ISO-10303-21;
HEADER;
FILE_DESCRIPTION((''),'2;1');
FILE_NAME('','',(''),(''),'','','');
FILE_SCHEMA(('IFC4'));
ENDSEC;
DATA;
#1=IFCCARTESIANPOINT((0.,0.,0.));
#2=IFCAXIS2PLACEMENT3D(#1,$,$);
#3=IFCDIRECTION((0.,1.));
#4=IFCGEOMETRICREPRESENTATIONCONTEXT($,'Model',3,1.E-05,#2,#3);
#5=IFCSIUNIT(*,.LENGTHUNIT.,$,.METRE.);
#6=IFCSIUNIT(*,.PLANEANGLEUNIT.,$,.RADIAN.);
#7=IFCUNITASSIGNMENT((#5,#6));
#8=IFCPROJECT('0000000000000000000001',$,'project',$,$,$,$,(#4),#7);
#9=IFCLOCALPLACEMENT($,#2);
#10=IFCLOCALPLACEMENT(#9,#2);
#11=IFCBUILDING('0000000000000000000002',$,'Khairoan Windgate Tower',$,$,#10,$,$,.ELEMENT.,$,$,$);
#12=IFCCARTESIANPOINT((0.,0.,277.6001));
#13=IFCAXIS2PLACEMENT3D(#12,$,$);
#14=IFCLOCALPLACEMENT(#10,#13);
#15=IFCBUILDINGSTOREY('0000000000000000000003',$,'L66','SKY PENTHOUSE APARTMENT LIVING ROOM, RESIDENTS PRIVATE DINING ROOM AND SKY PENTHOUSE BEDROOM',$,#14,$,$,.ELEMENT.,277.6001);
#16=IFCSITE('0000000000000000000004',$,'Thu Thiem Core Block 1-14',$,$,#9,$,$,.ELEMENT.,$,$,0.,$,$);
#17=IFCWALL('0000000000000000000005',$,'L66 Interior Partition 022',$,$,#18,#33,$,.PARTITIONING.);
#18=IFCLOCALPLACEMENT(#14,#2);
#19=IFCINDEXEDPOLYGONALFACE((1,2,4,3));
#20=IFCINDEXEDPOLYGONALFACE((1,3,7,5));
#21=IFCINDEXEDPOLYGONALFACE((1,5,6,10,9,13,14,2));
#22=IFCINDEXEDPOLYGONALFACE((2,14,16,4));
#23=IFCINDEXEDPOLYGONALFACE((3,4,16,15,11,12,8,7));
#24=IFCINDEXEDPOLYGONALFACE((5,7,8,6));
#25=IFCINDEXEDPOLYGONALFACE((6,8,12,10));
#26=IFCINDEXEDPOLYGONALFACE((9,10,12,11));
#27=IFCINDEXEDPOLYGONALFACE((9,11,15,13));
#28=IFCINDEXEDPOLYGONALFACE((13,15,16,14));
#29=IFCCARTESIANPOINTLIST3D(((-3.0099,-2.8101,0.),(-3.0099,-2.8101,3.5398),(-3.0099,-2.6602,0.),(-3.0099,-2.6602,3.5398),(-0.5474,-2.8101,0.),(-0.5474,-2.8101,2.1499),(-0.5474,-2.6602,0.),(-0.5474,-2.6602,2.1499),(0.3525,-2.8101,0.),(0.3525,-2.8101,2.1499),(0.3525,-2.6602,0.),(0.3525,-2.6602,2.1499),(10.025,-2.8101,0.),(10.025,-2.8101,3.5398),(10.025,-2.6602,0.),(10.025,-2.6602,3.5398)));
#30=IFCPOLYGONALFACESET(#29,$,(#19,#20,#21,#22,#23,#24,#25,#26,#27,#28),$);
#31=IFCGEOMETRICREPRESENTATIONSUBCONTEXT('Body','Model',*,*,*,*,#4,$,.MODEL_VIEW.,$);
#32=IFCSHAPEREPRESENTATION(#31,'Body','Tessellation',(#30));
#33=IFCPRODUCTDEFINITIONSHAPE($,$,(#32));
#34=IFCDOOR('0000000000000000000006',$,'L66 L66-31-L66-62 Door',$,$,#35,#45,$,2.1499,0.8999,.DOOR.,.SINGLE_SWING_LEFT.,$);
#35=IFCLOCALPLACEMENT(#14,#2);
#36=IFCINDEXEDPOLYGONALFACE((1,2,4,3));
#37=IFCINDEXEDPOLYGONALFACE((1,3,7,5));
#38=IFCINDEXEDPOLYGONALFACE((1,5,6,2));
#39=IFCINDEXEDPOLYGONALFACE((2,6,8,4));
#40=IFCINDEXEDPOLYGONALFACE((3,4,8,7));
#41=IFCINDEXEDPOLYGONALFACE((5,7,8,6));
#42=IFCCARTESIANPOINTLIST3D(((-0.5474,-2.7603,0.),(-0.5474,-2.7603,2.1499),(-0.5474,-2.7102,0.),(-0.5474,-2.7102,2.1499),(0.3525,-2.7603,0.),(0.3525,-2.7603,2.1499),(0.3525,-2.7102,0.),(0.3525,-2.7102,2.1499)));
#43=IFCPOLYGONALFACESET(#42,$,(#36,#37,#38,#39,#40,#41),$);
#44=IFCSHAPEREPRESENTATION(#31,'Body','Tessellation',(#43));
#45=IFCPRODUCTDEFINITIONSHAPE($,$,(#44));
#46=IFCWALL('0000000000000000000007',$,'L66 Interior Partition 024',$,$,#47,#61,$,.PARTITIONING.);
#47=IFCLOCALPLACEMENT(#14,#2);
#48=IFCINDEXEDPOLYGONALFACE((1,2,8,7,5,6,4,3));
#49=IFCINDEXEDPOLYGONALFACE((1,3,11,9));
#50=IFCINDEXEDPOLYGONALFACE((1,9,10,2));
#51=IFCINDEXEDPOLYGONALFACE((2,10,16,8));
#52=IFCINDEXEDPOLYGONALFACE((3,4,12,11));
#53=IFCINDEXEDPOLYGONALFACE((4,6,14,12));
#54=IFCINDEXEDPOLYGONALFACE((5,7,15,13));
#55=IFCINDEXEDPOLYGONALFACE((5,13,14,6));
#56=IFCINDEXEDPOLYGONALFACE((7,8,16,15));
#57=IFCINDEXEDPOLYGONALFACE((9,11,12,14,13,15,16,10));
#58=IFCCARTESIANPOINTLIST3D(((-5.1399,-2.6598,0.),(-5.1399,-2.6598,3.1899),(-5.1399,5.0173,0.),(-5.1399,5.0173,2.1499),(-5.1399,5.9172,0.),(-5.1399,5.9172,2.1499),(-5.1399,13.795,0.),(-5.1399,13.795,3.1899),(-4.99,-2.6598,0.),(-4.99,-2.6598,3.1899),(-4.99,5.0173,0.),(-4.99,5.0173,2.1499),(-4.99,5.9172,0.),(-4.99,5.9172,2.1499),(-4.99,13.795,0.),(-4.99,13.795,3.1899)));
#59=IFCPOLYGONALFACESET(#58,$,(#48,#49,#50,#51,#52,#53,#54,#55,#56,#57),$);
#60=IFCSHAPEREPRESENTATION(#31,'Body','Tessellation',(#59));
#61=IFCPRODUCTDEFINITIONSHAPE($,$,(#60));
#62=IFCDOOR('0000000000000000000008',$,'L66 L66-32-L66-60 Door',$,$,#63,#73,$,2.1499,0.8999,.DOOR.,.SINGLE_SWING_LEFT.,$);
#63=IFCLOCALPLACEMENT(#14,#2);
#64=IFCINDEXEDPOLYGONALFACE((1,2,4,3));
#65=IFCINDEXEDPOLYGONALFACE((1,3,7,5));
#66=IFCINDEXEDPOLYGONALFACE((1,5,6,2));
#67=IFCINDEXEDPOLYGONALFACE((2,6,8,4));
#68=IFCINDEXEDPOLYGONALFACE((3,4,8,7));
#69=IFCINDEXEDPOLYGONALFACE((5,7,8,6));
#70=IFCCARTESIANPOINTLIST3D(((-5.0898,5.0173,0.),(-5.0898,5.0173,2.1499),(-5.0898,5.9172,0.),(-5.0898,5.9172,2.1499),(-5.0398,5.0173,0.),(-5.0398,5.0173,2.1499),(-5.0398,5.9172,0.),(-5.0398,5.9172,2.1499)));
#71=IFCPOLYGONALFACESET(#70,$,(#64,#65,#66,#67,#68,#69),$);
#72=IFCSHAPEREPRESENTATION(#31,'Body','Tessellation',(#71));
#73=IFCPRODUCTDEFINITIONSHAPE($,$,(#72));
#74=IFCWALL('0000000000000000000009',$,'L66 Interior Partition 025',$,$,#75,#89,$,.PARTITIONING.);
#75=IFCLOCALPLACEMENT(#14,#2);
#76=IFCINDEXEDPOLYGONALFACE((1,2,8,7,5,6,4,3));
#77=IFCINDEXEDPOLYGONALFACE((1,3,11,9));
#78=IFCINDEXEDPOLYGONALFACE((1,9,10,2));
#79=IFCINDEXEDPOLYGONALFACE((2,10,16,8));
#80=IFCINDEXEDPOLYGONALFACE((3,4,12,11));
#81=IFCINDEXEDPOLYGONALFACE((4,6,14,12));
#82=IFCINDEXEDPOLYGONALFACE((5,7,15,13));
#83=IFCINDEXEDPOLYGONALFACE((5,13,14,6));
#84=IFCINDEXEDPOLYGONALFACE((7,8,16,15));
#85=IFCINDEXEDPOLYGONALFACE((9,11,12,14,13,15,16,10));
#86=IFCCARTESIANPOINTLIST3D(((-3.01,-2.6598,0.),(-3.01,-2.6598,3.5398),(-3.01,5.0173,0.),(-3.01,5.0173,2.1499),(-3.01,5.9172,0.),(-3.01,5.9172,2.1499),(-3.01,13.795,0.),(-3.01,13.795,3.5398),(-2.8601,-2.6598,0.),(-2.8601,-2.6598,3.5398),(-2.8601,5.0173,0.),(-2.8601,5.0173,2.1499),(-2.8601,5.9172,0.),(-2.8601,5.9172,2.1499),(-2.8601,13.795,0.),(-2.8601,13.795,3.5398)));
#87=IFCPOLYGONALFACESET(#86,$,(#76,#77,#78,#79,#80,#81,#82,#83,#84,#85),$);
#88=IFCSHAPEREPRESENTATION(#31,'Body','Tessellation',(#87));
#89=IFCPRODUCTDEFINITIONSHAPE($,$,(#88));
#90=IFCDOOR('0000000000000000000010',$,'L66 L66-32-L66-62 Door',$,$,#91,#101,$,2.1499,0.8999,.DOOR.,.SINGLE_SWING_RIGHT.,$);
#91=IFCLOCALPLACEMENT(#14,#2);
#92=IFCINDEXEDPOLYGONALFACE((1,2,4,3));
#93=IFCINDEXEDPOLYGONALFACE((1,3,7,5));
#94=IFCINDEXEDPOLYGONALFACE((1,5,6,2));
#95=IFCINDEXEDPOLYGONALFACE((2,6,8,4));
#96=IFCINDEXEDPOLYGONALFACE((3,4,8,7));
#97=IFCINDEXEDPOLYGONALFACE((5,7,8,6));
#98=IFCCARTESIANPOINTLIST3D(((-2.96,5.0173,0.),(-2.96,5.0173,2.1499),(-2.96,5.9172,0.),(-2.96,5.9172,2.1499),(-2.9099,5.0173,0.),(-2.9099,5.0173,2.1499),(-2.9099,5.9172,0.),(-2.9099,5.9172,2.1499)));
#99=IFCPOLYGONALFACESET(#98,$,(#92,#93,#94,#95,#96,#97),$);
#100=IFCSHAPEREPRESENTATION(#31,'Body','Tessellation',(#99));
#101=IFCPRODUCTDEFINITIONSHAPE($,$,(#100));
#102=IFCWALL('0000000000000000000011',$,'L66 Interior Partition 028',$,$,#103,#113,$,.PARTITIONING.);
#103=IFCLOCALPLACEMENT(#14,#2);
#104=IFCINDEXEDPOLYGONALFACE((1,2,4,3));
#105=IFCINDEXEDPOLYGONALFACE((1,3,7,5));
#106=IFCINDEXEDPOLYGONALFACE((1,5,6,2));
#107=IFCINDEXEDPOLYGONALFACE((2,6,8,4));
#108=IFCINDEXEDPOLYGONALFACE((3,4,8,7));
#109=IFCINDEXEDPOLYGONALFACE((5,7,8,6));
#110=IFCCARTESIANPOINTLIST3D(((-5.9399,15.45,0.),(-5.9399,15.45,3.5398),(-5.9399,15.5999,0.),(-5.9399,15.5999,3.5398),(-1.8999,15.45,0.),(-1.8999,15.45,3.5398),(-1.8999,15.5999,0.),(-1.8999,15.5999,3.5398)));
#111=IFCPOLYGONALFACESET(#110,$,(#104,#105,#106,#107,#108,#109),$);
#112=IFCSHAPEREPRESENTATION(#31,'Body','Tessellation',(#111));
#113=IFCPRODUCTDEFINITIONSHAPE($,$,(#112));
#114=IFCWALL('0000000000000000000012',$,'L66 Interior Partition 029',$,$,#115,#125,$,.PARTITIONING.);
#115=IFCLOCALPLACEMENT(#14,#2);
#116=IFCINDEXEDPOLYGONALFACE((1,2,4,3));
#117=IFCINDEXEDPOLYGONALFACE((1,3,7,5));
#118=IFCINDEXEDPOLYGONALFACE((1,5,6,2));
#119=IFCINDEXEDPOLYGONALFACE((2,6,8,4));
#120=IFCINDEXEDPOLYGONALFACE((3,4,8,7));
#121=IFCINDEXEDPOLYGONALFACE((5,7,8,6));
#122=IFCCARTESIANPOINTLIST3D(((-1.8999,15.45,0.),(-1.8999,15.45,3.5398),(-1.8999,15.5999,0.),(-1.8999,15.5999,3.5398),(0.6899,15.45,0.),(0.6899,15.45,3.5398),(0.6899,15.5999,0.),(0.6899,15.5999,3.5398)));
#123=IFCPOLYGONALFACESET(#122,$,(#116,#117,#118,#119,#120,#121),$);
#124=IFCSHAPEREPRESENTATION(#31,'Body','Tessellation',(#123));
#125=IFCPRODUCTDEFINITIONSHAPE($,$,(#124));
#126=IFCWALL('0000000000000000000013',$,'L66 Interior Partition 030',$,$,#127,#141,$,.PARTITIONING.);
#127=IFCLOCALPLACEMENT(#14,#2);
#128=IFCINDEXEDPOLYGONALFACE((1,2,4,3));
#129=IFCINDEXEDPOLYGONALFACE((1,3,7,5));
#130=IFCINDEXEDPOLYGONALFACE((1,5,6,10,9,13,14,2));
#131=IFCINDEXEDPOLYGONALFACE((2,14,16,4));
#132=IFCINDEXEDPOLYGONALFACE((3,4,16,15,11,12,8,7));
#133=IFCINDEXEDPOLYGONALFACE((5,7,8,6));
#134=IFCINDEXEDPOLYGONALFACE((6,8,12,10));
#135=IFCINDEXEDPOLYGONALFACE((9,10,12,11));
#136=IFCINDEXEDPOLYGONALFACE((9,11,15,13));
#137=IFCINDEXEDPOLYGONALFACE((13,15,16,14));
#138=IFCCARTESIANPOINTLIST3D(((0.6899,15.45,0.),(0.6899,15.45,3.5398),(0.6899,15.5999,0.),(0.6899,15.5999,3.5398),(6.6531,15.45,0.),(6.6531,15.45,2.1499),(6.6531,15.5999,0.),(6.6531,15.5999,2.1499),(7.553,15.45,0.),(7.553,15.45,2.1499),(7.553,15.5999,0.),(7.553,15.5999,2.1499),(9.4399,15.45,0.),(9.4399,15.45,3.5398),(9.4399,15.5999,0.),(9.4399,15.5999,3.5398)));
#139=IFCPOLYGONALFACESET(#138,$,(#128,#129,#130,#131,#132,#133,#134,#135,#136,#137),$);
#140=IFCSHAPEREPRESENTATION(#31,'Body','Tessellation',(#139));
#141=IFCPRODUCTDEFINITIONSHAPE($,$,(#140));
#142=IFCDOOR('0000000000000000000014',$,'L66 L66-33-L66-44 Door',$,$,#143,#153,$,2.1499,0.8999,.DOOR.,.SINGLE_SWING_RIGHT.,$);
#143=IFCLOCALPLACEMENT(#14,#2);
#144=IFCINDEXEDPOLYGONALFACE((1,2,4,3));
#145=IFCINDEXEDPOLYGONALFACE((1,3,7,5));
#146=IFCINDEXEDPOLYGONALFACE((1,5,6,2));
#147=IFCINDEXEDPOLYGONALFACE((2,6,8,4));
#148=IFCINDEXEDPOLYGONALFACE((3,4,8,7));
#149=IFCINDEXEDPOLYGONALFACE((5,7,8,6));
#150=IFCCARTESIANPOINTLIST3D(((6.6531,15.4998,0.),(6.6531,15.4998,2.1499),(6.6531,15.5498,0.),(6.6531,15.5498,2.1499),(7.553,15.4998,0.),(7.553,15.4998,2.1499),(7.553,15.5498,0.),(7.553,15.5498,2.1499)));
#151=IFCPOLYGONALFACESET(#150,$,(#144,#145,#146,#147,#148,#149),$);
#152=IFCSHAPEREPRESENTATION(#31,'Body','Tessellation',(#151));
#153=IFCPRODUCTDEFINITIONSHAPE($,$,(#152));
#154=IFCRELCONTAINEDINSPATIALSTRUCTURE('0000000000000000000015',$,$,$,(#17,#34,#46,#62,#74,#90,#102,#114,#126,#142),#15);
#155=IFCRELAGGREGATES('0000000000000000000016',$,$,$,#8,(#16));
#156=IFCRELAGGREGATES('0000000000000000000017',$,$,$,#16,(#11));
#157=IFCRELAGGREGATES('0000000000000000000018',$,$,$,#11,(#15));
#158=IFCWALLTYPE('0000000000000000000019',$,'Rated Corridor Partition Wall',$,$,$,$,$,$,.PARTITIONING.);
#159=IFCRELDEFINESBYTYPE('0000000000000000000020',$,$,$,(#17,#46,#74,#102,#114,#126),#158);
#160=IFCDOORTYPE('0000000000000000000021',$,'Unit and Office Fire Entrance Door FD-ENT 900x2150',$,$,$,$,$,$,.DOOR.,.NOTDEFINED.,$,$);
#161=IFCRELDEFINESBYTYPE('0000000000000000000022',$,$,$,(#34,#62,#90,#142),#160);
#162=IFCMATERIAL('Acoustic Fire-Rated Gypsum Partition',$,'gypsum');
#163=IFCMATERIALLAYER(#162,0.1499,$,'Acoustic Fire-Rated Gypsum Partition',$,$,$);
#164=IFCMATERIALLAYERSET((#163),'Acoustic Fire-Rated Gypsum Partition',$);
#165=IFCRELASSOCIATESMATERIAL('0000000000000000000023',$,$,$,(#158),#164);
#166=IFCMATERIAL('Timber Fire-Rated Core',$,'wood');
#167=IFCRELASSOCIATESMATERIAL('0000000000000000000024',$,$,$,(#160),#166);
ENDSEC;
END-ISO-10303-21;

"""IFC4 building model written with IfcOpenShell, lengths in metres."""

from ifc_helpers import new_model, si_unit, direction, frame, frame_2d, origin, place, context, subcontext, project, spatial, rectangle, extrude, material, layer, layer_set, type_object, element, fill, save


model = new_model("IFC4")

# Units and contexts
model_context = context("Model", 3, precision=1e-05, world=origin(), true_north=direction((0.0, 1.0)))
body_context = subcontext(model_context, "Body", "Model", "MODEL_VIEW")
ifc_project = project(units=[si_unit("LENGTHUNIT", "METRE"), si_unit("PLANEANGLEUNIT", "RADIAN")], contexts=[model_context])

# Site, building, storey
site_placement = place(None, origin())
site = spatial("IfcSite", under=ifc_project, at=site_placement, Name="Thu Thiem Core Block 1-14", CompositionType="ELEMENT", RefElevation=0.0)
building_placement = place(site_placement, origin())
building = spatial("IfcBuilding", under=site, at=building_placement, Name="Khairoan Windgate Tower", CompositionType="ELEMENT")
storey_placement = place(building_placement, frame((0.0, 0.0, 277.6001)))
storey = spatial("IfcBuildingStorey", under=building, at=storey_placement, Name="L66", Description="SKY PENTHOUSE APARTMENT LIVING ROOM, RESIDENTS PRIVATE DINING ROOM AND SKY PENTHOUSE BEDROOM", CompositionType="ELEMENT", Elevation=277.6001)

# Walls, openings, doors
ifc_material_1 = material(Name="Acoustic Fire-Rated Gypsum Partition", Category="gypsum")
ifc_layer_1 = layer(ifc_material_1, 0.1499, Name="Acoustic Fire-Rated Gypsum Partition")
ifc_layer_set_1 = layer_set([ifc_layer_1], Name="Acoustic Fire-Rated Gypsum Partition")
wall_type_1 = type_object("IfcWallType", Name="Rated Corridor Partition Wall", PredefinedType="PARTITIONING", material=ifc_layer_set_1)
wall_1_placement = place(storey_placement, frame((-3.01, -2.7351, 0.0), z_axis=(0.0, 0.0, 1.0), x_axis=(1.0, 0.0, 0.0)))
wall_1 = element("IfcWall", 1, at=wall_1_placement, inside=storey, type_object=wall_type_1, Name="L66 Interior Partition 022", PredefinedType="PARTITIONING", context=body_context, shape_type="SweptSolid", body=[
    extrude(rectangle(XDim=13.0349, YDim=0.1499, at=frame_2d((6.5176, 0.0))), origin(), (0.0, 0.0, 1.0), 3.5398),
])
opening_1_placement = place(wall_1_placement, frame((2.4626, 0.0, 0.0)))
opening_1 = element("IfcOpeningElement", 2, at=opening_1_placement, cuts=wall_1, PredefinedType="OPENING", context=body_context, shape_type="SweptSolid", body=[
    extrude(rectangle(XDim=0.8999, YDim=2.1499, at=frame_2d((0.45, 1.075))), frame((0.0, 0.085, 0.0), z_axis=(0.0, -1.0, 0.0), x_axis=(1.0, 0.0, 0.0)), (0.0, 0.0, 1.0), 0.1699),
])
ifc_material_2 = material(Name="Timber Fire-Rated Core", Category="wood")
door_type_1 = type_object("IfcDoorType", Name="Unit and Office Fire Entrance Door FD-ENT 900x2150", OperationType="NOTDEFINED", PredefinedType="DOOR", material=ifc_material_2)
door_1_placement = place(opening_1_placement, origin())
door_1 = element("IfcDoor", 3, at=door_1_placement, inside=storey, type_object=door_type_1, Name="L66 L66-31-L66-62 Door", OperationType="SINGLE_SWING_LEFT", OverallHeight=2.1499, OverallWidth=0.8999, PredefinedType="DOOR", context=body_context, shape_type="SweptSolid", body=[
    extrude(rectangle(XDim=0.8999, YDim=2.1499, at=frame_2d((0.45, 1.075))), frame((0.0, 0.0249, 0.0), z_axis=(0.0, -1.0, 0.0), x_axis=(1.0, 0.0, 0.0)), (0.0, 0.0, 1.0), 0.05),
])
fill(opening_1, door_1)
wall_2_placement = place(storey_placement, frame((-5.0649, -2.6599, 0.0), z_axis=(0.0, 0.0, 1.0), x_axis=(0.0, 1.0, 0.0)))
wall_2 = element("IfcWall", 4, at=wall_2_placement, inside=storey, type_object=wall_type_1, Name="L66 Interior Partition 024", PredefinedType="PARTITIONING", context=body_context, shape_type="SweptSolid", body=[
    extrude(rectangle(XDim=16.4548, YDim=0.1499, at=frame_2d((8.2275, 0.0))), origin(), (0.0, 0.0, 1.0), 3.1899),
])
opening_2_placement = place(wall_2_placement, frame((7.6772, 0.0, 0.0)))
opening_2 = element("IfcOpeningElement", 5, at=opening_2_placement, cuts=wall_2, PredefinedType="OPENING", context=body_context, shape_type="SweptSolid", body=[
    extrude(rectangle(XDim=0.8999, YDim=2.1499, at=frame_2d((0.45, 1.075))), frame((0.0, 0.085, 0.0), z_axis=(0.0, -1.0, 0.0), x_axis=(1.0, 0.0, 0.0)), (0.0, 0.0, 1.0), 0.1699),
])
door_2_placement = place(opening_2_placement, origin())
door_2 = element("IfcDoor", 6, at=door_2_placement, inside=storey, type_object=door_type_1, Name="L66 L66-32-L66-60 Door", OperationType="SINGLE_SWING_LEFT", OverallHeight=2.1499, OverallWidth=0.8999, PredefinedType="DOOR", context=body_context, shape_type="SweptSolid", body=[
    extrude(rectangle(XDim=0.8999, YDim=2.1499, at=frame_2d((0.45, 1.075))), frame((0.0, 0.0249, 0.0), z_axis=(0.0, -1.0, 0.0), x_axis=(1.0, 0.0, 0.0)), (0.0, 0.0, 1.0), 0.05),
])
fill(opening_2, door_2)
wall_3_placement = place(storey_placement, frame((-2.9351, -2.6599, 0.0), z_axis=(0.0, 0.0, 1.0), x_axis=(0.0, 1.0, 0.0)))
wall_3 = element("IfcWall", 7, at=wall_3_placement, inside=storey, type_object=wall_type_1, Name="L66 Interior Partition 025", PredefinedType="PARTITIONING", context=body_context, shape_type="SweptSolid", body=[
    extrude(rectangle(XDim=16.4548, YDim=0.1499, at=frame_2d((8.2275, 0.0))), origin(), (0.0, 0.0, 1.0), 3.5398),
])
opening_3_placement = place(wall_3_placement, frame((7.6772, 0.0, 0.0)))
opening_3 = element("IfcOpeningElement", 8, at=opening_3_placement, cuts=wall_3, PredefinedType="OPENING", context=body_context, shape_type="SweptSolid", body=[
    extrude(rectangle(XDim=0.8999, YDim=2.1499, at=frame_2d((0.45, 1.075))), frame((0.0, 0.085, 0.0), z_axis=(0.0, -1.0, 0.0), x_axis=(1.0, 0.0, 0.0)), (0.0, 0.0, 1.0), 0.1699),
])
door_3_placement = place(opening_3_placement, origin())
door_3 = element("IfcDoor", 9, at=door_3_placement, inside=storey, type_object=door_type_1, Name="L66 L66-32-L66-62 Door", OperationType="SINGLE_SWING_RIGHT", OverallHeight=2.1499, OverallWidth=0.8999, PredefinedType="DOOR", context=body_context, shape_type="SweptSolid", body=[
    extrude(rectangle(XDim=0.8999, YDim=2.1499, at=frame_2d((0.45, 1.075))), frame((0.0, 0.0249, 0.0), z_axis=(0.0, -1.0, 0.0), x_axis=(1.0, 0.0, 0.0)), (0.0, 0.0, 1.0), 0.05),
])
fill(opening_3, door_3)

# Walls
wall_4_placement = place(storey_placement, frame((-5.9399, 15.5249, 0.0), z_axis=(0.0, 0.0, 1.0), x_axis=(1.0, 0.0, 0.0)))
element("IfcWall", 10, at=wall_4_placement, inside=storey, type_object=wall_type_1, Name="L66 Interior Partition 028", PredefinedType="PARTITIONING", context=body_context, shape_type="SweptSolid", body=[
    extrude(rectangle(XDim=4.04, YDim=0.1499, at=frame_2d((2.02, 0.0))), origin(), (0.0, 0.0, 1.0), 3.5398),
])
wall_5_placement = place(storey_placement, frame((-1.8999, 15.5249, 0.0), z_axis=(0.0, 0.0, 1.0), x_axis=(1.0, 0.0, 0.0)))
element("IfcWall", 11, at=wall_5_placement, inside=storey, type_object=wall_type_1, Name="L66 Interior Partition 029", PredefinedType="PARTITIONING", context=body_context, shape_type="SweptSolid", body=[
    extrude(rectangle(XDim=2.5898, YDim=0.1499, at=frame_2d((1.2949, 0.0))), origin(), (0.0, 0.0, 1.0), 3.5398),
])

# Wall, opening, door
wall_6_placement = place(storey_placement, frame((0.6899, 15.5249, 0.0), z_axis=(0.0, 0.0, 1.0), x_axis=(1.0, 0.0, 0.0)))
wall_6 = element("IfcWall", 12, at=wall_6_placement, inside=storey, type_object=wall_type_1, Name="L66 Interior Partition 030", PredefinedType="PARTITIONING", context=body_context, shape_type="SweptSolid", body=[
    extrude(rectangle(XDim=8.75, YDim=0.1499, at=frame_2d((4.375, 0.0))), origin(), (0.0, 0.0, 1.0), 3.5398),
])
opening_4_placement = place(wall_6_placement, frame((5.9631, 0.0, 0.0)))
opening_4 = element("IfcOpeningElement", 13, at=opening_4_placement, cuts=wall_6, PredefinedType="OPENING", context=body_context, shape_type="SweptSolid", body=[
    extrude(rectangle(XDim=0.8999, YDim=2.1499, at=frame_2d((0.45, 1.075))), frame((0.0, 0.085, 0.0), z_axis=(0.0, -1.0, 0.0), x_axis=(1.0, 0.0, 0.0)), (0.0, 0.0, 1.0), 0.1699),
])
door_4_placement = place(opening_4_placement, origin())
door_4 = element("IfcDoor", 14, at=door_4_placement, inside=storey, type_object=door_type_1, Name="L66 L66-33-L66-44 Door", OperationType="SINGLE_SWING_RIGHT", OverallHeight=2.1499, OverallWidth=0.8999, PredefinedType="DOOR", context=body_context, shape_type="SweptSolid", body=[
    extrude(rectangle(XDim=0.8999, YDim=2.1499, at=frame_2d((0.45, 1.075))), frame((0.0, 0.0249, 0.0), z_axis=(0.0, -1.0, 0.0), x_axis=(1.0, 0.0, 0.0)), (0.0, 0.0, 1.0), 0.05),
])
fill(opening_4, door_4)

save(model, "model.ifc")
